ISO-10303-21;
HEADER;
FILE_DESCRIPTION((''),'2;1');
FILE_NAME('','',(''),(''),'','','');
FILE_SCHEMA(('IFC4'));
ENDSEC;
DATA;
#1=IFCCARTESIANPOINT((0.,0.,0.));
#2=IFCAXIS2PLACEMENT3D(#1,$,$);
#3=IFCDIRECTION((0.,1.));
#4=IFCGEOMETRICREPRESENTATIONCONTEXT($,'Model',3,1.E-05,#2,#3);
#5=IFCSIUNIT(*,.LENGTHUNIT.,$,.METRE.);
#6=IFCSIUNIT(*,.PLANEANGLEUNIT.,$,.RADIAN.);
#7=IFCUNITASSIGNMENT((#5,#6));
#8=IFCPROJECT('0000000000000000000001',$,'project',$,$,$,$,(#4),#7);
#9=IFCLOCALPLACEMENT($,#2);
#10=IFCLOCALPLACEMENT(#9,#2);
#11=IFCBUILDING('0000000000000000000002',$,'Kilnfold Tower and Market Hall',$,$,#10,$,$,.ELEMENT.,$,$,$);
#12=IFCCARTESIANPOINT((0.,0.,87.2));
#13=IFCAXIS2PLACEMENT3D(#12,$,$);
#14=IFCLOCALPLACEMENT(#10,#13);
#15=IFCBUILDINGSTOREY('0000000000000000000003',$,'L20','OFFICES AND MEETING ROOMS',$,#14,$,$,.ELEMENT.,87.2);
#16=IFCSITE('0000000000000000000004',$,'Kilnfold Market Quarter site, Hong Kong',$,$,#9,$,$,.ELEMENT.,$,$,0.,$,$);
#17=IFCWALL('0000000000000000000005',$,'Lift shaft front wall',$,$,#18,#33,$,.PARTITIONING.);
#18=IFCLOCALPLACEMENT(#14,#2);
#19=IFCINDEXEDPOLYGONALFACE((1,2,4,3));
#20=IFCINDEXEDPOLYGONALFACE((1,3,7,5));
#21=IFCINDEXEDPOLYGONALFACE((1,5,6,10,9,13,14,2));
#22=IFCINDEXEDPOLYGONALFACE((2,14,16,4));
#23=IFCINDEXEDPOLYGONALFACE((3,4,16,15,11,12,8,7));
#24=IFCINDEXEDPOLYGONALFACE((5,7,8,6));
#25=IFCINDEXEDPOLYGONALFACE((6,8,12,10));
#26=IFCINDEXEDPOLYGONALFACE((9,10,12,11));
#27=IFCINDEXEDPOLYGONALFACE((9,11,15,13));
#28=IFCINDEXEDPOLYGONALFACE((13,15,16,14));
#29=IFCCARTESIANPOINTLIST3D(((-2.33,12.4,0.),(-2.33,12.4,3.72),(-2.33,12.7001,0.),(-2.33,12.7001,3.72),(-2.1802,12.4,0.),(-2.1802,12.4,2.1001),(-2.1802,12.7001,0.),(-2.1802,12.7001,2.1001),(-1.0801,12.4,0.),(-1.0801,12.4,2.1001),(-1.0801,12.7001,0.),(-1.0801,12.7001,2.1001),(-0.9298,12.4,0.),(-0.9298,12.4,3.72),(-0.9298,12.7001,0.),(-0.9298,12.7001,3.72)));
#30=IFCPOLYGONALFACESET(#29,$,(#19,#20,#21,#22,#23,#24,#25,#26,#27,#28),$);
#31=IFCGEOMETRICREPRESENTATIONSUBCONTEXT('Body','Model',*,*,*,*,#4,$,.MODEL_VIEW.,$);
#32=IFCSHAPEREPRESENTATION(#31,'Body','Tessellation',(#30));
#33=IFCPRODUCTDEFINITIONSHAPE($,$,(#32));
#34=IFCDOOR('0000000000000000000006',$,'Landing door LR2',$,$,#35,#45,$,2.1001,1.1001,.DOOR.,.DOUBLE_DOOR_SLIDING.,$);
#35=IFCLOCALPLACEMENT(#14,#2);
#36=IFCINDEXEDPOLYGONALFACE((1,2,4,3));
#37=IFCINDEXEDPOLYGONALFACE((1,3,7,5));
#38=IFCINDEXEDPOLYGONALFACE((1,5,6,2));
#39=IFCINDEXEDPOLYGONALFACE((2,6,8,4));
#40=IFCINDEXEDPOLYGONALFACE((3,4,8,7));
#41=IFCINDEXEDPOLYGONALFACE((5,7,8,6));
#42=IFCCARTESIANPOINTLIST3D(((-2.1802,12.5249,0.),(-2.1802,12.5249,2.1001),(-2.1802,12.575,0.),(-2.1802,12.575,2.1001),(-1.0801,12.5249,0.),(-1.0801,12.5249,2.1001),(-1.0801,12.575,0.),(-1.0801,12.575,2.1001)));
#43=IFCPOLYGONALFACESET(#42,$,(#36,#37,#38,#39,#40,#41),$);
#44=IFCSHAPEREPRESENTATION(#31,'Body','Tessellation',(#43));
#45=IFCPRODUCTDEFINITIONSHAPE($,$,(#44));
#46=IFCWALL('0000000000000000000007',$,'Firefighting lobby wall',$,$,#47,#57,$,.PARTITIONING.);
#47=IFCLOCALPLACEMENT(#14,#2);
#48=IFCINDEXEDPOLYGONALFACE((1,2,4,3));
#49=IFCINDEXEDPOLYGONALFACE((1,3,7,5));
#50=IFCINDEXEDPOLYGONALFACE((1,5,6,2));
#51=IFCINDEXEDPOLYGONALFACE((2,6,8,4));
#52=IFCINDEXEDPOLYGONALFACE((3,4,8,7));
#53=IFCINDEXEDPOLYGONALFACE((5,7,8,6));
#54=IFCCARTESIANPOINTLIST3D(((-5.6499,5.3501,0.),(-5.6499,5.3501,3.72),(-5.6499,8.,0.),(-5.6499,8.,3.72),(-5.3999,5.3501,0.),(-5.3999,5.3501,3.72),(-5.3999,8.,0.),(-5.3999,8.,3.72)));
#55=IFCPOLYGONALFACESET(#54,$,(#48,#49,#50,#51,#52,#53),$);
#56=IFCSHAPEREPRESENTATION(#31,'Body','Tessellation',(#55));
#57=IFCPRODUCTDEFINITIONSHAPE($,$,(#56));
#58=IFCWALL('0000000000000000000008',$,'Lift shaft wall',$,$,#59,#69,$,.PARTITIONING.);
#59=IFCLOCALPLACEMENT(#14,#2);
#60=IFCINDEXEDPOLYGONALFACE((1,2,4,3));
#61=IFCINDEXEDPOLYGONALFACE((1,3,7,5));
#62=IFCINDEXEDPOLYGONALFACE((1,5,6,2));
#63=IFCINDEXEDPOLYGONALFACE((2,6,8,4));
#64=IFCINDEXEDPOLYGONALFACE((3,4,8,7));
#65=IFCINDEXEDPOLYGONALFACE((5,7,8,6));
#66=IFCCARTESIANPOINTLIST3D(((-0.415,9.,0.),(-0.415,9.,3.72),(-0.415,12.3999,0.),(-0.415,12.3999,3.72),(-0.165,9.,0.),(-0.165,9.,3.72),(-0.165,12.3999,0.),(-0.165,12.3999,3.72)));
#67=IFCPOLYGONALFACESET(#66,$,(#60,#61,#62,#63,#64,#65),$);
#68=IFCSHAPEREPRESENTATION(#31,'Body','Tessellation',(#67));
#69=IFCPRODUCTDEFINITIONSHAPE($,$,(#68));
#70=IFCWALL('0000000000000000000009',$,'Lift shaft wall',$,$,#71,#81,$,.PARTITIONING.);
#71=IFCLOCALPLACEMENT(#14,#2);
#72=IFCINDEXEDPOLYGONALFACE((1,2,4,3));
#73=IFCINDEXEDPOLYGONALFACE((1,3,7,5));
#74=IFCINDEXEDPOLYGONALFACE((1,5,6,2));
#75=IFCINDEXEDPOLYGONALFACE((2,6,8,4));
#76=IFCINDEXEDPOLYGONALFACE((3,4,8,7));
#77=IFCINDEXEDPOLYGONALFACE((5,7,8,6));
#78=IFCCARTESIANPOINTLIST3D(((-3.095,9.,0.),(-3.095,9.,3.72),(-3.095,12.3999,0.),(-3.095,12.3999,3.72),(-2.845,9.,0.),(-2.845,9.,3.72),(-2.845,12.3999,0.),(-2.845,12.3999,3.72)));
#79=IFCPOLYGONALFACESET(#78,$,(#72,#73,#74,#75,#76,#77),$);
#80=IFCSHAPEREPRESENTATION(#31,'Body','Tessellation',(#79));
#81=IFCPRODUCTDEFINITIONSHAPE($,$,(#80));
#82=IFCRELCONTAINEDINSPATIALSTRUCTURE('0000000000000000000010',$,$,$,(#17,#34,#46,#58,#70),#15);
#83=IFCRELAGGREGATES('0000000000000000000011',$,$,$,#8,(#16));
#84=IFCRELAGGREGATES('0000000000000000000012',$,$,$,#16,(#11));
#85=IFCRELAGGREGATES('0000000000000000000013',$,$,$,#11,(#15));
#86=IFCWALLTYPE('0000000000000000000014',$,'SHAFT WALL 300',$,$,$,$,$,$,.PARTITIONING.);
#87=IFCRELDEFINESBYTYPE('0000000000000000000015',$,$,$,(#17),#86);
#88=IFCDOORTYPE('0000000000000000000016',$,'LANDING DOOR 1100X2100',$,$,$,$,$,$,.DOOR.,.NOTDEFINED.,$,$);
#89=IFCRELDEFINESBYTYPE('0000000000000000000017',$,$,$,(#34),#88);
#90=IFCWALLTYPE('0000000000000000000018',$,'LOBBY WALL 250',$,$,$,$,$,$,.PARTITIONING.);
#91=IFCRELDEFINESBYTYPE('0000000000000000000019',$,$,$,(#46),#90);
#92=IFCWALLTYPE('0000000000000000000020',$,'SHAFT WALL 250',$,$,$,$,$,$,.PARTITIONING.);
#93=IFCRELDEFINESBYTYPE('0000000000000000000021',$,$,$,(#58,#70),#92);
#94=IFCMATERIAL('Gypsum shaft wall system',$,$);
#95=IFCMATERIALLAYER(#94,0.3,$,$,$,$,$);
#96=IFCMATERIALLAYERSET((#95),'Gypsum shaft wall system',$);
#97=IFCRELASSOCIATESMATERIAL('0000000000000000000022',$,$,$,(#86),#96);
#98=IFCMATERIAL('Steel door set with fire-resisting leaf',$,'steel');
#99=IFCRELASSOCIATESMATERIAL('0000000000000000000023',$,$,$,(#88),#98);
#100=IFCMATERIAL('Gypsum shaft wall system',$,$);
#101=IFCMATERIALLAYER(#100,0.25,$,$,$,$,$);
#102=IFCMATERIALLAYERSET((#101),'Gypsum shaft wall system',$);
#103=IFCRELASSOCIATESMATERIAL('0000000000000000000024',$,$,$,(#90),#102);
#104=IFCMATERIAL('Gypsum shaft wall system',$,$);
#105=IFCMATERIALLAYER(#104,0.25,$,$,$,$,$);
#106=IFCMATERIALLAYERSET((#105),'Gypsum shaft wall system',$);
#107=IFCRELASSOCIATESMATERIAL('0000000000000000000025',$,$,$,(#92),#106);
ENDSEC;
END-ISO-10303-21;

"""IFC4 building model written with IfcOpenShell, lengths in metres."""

from ifc_helpers import new_model, si_unit, direction, frame, frame_2d, origin, place, context, subcontext, project, spatial, rectangle, extrude, source, transform, mapped, material, layer, layer_set, type_object, element, fill, save


model = new_model("IFC4")

# Units and contexts
model_context = context("Model", 3, precision=1e-05, world=origin(), true_north=direction((0.0, 1.0)))
body_context = subcontext(model_context, "Body", "Model", "MODEL_VIEW")
ifc_project = project(units=[si_unit("LENGTHUNIT", "METRE"), si_unit("PLANEANGLEUNIT", "RADIAN")], contexts=[model_context])

# Site, building, storey
site_placement = place(None, origin())
site = spatial("IfcSite", under=ifc_project, at=site_placement, Name="Kilnfold Market Quarter site, Hong Kong", CompositionType="ELEMENT", RefElevation=0.0)
building_placement = place(site_placement, origin())
building = spatial("IfcBuilding", under=site, at=building_placement, Name="Kilnfold Tower and Market Hall", CompositionType="ELEMENT")
storey_placement = place(building_placement, frame((0.0, 0.0, 87.2)))
storey = spatial("IfcBuildingStorey", under=building, at=storey_placement, Name="L20", Description="OFFICES AND MEETING ROOMS", CompositionType="ELEMENT", Elevation=87.2)

# Wall, opening, door
ifc_material_1 = material(Name="Gypsum shaft wall system")
ifc_layer_1 = layer(ifc_material_1, 0.3)
ifc_layer_set_1 = layer_set([ifc_layer_1], Name="Gypsum shaft wall system")
wall_type_1 = type_object("IfcWallType", Name="SHAFT WALL 300", PredefinedType="PARTITIONING", material=ifc_layer_set_1)
ifc_material_2 = material(Name="Steel door set with fire-resisting leaf", Category="steel")
door_type = type_object("IfcDoorType", Name="LANDING DOOR 1100X2100", OperationType="NOTDEFINED", PredefinedType="DOOR", material=ifc_material_2)
shared_shape_1 = source(origin(), body_context, "Body", "SweptSolid", [
    extrude(rectangle(XDim=1.4001, YDim=0.3, at=frame_2d((0.7002, 0.0))), origin(), (0.0, 0.0, 1.0), 3.72),
])
wall_1_placement = place(storey_placement, frame((-2.3301, 12.55, 0.0), z_axis=(0.0, 0.0, 1.0), x_axis=(1.0, 0.0, 0.0)))
wall_1 = element("IfcWall", 1, at=wall_1_placement, inside=storey, type_object=wall_type_1, Name="Lift shaft front wall", PredefinedType="PARTITIONING", context=body_context, shape_type="MappedRepresentation", body=[
    mapped(shared_shape_1, transform((0.0, 0.0, 0.0))),
])
opening_1_placement = place(wall_1_placement, frame((0.1499, 0.0, 0.0)))
opening_1 = element("IfcOpeningElement", 2, at=opening_1_placement, cuts=wall_1, PredefinedType="OPENING", context=body_context, shape_type="SweptSolid", body=[
    extrude(rectangle(XDim=1.1001, YDim=2.1001, at=frame_2d((0.55, 1.05))), frame((0.0, 0.1602, 0.0), z_axis=(0.0, -1.0, 0.0), x_axis=(1.0, 0.0, 0.0)), (0.0, 0.0, 1.0), 0.3201),
])
door_1_placement = place(opening_1_placement, origin())
door_1 = element("IfcDoor", 3, at=door_1_placement, inside=storey, type_object=door_type, Name="Landing door LR2", OperationType="DOUBLE_DOOR_SLIDING", OverallHeight=2.1001, OverallWidth=1.1001, PredefinedType="DOOR", context=body_context, shape_type="SweptSolid", body=[
    extrude(rectangle(XDim=1.1001, YDim=2.1001, at=frame_2d((0.55, 1.05))), frame((0.0, 0.0249, 0.0), z_axis=(0.0, -1.0, 0.0), x_axis=(1.0, 0.0, 0.0)), (0.0, 0.0, 1.0), 0.05),
])
fill(opening_1, door_1)

# Walls
ifc_material_3 = material(Name="Gypsum shaft wall system")
ifc_layer_2 = layer(ifc_material_3, 0.25)
ifc_layer_set_2 = layer_set([ifc_layer_2], Name="Gypsum shaft wall system")
wall_type_2 = type_object("IfcWallType", Name="LOBBY WALL 250", PredefinedType="PARTITIONING", material=ifc_layer_set_2)
shared_shape_2 = source(origin(), body_context, "Body", "SweptSolid", [
    extrude(rectangle(XDim=2.6499, YDim=0.25, at=frame_2d((1.325, 0.0))), origin(), (0.0, 0.0, 1.0), 3.72),
])
wall_2_placement = place(storey_placement, frame((-5.5249, 5.3501, 0.0), z_axis=(0.0, 0.0, 1.0), x_axis=(0.0, 1.0, 0.0)))
element("IfcWall", 4, at=wall_2_placement, inside=storey, type_object=wall_type_2, Name="Firefighting lobby wall", PredefinedType="PARTITIONING", context=body_context, shape_type="MappedRepresentation", body=[
    mapped(shared_shape_2, transform((0.0, 0.0, 0.0))),
])
ifc_material_4 = material(Name="Gypsum shaft wall system")
ifc_layer_3 = layer(ifc_material_4, 0.25)
ifc_layer_set_3 = layer_set([ifc_layer_3], Name="Gypsum shaft wall system")
wall_type_3 = type_object("IfcWallType", Name="SHAFT WALL 250", PredefinedType="PARTITIONING", material=ifc_layer_set_3)
shared_shape_3 = source(origin(), body_context, "Body", "SweptSolid", [
    extrude(rectangle(XDim=3.3999, YDim=0.25, at=frame_2d((1.7, 0.0))), origin(), (0.0, 0.0, 1.0), 3.72),
])
for number, where, z_axis, x_axis, name in (
    (5, (-0.29, 9.0, 0.0), (0.0, 0.0, 1.0), (0.0, 1.0, 0.0), "Lift shaft wall"),
    (6, (-2.97, 9.0, 0.0), (0.0, 0.0, 1.0), (0.0, 1.0, 0.0), "Lift shaft wall"),
):
    element("IfcWall", number, at=place(storey_placement, frame(where, z_axis=z_axis, x_axis=x_axis)), inside=storey, type_object=wall_type_3, Name=name, PredefinedType="PARTITIONING", context=body_context, shape_type="MappedRepresentation", body=[
        mapped(shared_shape_3, transform((0.0, 0.0, 0.0))),
    ])

save(model, "model.ifc")
